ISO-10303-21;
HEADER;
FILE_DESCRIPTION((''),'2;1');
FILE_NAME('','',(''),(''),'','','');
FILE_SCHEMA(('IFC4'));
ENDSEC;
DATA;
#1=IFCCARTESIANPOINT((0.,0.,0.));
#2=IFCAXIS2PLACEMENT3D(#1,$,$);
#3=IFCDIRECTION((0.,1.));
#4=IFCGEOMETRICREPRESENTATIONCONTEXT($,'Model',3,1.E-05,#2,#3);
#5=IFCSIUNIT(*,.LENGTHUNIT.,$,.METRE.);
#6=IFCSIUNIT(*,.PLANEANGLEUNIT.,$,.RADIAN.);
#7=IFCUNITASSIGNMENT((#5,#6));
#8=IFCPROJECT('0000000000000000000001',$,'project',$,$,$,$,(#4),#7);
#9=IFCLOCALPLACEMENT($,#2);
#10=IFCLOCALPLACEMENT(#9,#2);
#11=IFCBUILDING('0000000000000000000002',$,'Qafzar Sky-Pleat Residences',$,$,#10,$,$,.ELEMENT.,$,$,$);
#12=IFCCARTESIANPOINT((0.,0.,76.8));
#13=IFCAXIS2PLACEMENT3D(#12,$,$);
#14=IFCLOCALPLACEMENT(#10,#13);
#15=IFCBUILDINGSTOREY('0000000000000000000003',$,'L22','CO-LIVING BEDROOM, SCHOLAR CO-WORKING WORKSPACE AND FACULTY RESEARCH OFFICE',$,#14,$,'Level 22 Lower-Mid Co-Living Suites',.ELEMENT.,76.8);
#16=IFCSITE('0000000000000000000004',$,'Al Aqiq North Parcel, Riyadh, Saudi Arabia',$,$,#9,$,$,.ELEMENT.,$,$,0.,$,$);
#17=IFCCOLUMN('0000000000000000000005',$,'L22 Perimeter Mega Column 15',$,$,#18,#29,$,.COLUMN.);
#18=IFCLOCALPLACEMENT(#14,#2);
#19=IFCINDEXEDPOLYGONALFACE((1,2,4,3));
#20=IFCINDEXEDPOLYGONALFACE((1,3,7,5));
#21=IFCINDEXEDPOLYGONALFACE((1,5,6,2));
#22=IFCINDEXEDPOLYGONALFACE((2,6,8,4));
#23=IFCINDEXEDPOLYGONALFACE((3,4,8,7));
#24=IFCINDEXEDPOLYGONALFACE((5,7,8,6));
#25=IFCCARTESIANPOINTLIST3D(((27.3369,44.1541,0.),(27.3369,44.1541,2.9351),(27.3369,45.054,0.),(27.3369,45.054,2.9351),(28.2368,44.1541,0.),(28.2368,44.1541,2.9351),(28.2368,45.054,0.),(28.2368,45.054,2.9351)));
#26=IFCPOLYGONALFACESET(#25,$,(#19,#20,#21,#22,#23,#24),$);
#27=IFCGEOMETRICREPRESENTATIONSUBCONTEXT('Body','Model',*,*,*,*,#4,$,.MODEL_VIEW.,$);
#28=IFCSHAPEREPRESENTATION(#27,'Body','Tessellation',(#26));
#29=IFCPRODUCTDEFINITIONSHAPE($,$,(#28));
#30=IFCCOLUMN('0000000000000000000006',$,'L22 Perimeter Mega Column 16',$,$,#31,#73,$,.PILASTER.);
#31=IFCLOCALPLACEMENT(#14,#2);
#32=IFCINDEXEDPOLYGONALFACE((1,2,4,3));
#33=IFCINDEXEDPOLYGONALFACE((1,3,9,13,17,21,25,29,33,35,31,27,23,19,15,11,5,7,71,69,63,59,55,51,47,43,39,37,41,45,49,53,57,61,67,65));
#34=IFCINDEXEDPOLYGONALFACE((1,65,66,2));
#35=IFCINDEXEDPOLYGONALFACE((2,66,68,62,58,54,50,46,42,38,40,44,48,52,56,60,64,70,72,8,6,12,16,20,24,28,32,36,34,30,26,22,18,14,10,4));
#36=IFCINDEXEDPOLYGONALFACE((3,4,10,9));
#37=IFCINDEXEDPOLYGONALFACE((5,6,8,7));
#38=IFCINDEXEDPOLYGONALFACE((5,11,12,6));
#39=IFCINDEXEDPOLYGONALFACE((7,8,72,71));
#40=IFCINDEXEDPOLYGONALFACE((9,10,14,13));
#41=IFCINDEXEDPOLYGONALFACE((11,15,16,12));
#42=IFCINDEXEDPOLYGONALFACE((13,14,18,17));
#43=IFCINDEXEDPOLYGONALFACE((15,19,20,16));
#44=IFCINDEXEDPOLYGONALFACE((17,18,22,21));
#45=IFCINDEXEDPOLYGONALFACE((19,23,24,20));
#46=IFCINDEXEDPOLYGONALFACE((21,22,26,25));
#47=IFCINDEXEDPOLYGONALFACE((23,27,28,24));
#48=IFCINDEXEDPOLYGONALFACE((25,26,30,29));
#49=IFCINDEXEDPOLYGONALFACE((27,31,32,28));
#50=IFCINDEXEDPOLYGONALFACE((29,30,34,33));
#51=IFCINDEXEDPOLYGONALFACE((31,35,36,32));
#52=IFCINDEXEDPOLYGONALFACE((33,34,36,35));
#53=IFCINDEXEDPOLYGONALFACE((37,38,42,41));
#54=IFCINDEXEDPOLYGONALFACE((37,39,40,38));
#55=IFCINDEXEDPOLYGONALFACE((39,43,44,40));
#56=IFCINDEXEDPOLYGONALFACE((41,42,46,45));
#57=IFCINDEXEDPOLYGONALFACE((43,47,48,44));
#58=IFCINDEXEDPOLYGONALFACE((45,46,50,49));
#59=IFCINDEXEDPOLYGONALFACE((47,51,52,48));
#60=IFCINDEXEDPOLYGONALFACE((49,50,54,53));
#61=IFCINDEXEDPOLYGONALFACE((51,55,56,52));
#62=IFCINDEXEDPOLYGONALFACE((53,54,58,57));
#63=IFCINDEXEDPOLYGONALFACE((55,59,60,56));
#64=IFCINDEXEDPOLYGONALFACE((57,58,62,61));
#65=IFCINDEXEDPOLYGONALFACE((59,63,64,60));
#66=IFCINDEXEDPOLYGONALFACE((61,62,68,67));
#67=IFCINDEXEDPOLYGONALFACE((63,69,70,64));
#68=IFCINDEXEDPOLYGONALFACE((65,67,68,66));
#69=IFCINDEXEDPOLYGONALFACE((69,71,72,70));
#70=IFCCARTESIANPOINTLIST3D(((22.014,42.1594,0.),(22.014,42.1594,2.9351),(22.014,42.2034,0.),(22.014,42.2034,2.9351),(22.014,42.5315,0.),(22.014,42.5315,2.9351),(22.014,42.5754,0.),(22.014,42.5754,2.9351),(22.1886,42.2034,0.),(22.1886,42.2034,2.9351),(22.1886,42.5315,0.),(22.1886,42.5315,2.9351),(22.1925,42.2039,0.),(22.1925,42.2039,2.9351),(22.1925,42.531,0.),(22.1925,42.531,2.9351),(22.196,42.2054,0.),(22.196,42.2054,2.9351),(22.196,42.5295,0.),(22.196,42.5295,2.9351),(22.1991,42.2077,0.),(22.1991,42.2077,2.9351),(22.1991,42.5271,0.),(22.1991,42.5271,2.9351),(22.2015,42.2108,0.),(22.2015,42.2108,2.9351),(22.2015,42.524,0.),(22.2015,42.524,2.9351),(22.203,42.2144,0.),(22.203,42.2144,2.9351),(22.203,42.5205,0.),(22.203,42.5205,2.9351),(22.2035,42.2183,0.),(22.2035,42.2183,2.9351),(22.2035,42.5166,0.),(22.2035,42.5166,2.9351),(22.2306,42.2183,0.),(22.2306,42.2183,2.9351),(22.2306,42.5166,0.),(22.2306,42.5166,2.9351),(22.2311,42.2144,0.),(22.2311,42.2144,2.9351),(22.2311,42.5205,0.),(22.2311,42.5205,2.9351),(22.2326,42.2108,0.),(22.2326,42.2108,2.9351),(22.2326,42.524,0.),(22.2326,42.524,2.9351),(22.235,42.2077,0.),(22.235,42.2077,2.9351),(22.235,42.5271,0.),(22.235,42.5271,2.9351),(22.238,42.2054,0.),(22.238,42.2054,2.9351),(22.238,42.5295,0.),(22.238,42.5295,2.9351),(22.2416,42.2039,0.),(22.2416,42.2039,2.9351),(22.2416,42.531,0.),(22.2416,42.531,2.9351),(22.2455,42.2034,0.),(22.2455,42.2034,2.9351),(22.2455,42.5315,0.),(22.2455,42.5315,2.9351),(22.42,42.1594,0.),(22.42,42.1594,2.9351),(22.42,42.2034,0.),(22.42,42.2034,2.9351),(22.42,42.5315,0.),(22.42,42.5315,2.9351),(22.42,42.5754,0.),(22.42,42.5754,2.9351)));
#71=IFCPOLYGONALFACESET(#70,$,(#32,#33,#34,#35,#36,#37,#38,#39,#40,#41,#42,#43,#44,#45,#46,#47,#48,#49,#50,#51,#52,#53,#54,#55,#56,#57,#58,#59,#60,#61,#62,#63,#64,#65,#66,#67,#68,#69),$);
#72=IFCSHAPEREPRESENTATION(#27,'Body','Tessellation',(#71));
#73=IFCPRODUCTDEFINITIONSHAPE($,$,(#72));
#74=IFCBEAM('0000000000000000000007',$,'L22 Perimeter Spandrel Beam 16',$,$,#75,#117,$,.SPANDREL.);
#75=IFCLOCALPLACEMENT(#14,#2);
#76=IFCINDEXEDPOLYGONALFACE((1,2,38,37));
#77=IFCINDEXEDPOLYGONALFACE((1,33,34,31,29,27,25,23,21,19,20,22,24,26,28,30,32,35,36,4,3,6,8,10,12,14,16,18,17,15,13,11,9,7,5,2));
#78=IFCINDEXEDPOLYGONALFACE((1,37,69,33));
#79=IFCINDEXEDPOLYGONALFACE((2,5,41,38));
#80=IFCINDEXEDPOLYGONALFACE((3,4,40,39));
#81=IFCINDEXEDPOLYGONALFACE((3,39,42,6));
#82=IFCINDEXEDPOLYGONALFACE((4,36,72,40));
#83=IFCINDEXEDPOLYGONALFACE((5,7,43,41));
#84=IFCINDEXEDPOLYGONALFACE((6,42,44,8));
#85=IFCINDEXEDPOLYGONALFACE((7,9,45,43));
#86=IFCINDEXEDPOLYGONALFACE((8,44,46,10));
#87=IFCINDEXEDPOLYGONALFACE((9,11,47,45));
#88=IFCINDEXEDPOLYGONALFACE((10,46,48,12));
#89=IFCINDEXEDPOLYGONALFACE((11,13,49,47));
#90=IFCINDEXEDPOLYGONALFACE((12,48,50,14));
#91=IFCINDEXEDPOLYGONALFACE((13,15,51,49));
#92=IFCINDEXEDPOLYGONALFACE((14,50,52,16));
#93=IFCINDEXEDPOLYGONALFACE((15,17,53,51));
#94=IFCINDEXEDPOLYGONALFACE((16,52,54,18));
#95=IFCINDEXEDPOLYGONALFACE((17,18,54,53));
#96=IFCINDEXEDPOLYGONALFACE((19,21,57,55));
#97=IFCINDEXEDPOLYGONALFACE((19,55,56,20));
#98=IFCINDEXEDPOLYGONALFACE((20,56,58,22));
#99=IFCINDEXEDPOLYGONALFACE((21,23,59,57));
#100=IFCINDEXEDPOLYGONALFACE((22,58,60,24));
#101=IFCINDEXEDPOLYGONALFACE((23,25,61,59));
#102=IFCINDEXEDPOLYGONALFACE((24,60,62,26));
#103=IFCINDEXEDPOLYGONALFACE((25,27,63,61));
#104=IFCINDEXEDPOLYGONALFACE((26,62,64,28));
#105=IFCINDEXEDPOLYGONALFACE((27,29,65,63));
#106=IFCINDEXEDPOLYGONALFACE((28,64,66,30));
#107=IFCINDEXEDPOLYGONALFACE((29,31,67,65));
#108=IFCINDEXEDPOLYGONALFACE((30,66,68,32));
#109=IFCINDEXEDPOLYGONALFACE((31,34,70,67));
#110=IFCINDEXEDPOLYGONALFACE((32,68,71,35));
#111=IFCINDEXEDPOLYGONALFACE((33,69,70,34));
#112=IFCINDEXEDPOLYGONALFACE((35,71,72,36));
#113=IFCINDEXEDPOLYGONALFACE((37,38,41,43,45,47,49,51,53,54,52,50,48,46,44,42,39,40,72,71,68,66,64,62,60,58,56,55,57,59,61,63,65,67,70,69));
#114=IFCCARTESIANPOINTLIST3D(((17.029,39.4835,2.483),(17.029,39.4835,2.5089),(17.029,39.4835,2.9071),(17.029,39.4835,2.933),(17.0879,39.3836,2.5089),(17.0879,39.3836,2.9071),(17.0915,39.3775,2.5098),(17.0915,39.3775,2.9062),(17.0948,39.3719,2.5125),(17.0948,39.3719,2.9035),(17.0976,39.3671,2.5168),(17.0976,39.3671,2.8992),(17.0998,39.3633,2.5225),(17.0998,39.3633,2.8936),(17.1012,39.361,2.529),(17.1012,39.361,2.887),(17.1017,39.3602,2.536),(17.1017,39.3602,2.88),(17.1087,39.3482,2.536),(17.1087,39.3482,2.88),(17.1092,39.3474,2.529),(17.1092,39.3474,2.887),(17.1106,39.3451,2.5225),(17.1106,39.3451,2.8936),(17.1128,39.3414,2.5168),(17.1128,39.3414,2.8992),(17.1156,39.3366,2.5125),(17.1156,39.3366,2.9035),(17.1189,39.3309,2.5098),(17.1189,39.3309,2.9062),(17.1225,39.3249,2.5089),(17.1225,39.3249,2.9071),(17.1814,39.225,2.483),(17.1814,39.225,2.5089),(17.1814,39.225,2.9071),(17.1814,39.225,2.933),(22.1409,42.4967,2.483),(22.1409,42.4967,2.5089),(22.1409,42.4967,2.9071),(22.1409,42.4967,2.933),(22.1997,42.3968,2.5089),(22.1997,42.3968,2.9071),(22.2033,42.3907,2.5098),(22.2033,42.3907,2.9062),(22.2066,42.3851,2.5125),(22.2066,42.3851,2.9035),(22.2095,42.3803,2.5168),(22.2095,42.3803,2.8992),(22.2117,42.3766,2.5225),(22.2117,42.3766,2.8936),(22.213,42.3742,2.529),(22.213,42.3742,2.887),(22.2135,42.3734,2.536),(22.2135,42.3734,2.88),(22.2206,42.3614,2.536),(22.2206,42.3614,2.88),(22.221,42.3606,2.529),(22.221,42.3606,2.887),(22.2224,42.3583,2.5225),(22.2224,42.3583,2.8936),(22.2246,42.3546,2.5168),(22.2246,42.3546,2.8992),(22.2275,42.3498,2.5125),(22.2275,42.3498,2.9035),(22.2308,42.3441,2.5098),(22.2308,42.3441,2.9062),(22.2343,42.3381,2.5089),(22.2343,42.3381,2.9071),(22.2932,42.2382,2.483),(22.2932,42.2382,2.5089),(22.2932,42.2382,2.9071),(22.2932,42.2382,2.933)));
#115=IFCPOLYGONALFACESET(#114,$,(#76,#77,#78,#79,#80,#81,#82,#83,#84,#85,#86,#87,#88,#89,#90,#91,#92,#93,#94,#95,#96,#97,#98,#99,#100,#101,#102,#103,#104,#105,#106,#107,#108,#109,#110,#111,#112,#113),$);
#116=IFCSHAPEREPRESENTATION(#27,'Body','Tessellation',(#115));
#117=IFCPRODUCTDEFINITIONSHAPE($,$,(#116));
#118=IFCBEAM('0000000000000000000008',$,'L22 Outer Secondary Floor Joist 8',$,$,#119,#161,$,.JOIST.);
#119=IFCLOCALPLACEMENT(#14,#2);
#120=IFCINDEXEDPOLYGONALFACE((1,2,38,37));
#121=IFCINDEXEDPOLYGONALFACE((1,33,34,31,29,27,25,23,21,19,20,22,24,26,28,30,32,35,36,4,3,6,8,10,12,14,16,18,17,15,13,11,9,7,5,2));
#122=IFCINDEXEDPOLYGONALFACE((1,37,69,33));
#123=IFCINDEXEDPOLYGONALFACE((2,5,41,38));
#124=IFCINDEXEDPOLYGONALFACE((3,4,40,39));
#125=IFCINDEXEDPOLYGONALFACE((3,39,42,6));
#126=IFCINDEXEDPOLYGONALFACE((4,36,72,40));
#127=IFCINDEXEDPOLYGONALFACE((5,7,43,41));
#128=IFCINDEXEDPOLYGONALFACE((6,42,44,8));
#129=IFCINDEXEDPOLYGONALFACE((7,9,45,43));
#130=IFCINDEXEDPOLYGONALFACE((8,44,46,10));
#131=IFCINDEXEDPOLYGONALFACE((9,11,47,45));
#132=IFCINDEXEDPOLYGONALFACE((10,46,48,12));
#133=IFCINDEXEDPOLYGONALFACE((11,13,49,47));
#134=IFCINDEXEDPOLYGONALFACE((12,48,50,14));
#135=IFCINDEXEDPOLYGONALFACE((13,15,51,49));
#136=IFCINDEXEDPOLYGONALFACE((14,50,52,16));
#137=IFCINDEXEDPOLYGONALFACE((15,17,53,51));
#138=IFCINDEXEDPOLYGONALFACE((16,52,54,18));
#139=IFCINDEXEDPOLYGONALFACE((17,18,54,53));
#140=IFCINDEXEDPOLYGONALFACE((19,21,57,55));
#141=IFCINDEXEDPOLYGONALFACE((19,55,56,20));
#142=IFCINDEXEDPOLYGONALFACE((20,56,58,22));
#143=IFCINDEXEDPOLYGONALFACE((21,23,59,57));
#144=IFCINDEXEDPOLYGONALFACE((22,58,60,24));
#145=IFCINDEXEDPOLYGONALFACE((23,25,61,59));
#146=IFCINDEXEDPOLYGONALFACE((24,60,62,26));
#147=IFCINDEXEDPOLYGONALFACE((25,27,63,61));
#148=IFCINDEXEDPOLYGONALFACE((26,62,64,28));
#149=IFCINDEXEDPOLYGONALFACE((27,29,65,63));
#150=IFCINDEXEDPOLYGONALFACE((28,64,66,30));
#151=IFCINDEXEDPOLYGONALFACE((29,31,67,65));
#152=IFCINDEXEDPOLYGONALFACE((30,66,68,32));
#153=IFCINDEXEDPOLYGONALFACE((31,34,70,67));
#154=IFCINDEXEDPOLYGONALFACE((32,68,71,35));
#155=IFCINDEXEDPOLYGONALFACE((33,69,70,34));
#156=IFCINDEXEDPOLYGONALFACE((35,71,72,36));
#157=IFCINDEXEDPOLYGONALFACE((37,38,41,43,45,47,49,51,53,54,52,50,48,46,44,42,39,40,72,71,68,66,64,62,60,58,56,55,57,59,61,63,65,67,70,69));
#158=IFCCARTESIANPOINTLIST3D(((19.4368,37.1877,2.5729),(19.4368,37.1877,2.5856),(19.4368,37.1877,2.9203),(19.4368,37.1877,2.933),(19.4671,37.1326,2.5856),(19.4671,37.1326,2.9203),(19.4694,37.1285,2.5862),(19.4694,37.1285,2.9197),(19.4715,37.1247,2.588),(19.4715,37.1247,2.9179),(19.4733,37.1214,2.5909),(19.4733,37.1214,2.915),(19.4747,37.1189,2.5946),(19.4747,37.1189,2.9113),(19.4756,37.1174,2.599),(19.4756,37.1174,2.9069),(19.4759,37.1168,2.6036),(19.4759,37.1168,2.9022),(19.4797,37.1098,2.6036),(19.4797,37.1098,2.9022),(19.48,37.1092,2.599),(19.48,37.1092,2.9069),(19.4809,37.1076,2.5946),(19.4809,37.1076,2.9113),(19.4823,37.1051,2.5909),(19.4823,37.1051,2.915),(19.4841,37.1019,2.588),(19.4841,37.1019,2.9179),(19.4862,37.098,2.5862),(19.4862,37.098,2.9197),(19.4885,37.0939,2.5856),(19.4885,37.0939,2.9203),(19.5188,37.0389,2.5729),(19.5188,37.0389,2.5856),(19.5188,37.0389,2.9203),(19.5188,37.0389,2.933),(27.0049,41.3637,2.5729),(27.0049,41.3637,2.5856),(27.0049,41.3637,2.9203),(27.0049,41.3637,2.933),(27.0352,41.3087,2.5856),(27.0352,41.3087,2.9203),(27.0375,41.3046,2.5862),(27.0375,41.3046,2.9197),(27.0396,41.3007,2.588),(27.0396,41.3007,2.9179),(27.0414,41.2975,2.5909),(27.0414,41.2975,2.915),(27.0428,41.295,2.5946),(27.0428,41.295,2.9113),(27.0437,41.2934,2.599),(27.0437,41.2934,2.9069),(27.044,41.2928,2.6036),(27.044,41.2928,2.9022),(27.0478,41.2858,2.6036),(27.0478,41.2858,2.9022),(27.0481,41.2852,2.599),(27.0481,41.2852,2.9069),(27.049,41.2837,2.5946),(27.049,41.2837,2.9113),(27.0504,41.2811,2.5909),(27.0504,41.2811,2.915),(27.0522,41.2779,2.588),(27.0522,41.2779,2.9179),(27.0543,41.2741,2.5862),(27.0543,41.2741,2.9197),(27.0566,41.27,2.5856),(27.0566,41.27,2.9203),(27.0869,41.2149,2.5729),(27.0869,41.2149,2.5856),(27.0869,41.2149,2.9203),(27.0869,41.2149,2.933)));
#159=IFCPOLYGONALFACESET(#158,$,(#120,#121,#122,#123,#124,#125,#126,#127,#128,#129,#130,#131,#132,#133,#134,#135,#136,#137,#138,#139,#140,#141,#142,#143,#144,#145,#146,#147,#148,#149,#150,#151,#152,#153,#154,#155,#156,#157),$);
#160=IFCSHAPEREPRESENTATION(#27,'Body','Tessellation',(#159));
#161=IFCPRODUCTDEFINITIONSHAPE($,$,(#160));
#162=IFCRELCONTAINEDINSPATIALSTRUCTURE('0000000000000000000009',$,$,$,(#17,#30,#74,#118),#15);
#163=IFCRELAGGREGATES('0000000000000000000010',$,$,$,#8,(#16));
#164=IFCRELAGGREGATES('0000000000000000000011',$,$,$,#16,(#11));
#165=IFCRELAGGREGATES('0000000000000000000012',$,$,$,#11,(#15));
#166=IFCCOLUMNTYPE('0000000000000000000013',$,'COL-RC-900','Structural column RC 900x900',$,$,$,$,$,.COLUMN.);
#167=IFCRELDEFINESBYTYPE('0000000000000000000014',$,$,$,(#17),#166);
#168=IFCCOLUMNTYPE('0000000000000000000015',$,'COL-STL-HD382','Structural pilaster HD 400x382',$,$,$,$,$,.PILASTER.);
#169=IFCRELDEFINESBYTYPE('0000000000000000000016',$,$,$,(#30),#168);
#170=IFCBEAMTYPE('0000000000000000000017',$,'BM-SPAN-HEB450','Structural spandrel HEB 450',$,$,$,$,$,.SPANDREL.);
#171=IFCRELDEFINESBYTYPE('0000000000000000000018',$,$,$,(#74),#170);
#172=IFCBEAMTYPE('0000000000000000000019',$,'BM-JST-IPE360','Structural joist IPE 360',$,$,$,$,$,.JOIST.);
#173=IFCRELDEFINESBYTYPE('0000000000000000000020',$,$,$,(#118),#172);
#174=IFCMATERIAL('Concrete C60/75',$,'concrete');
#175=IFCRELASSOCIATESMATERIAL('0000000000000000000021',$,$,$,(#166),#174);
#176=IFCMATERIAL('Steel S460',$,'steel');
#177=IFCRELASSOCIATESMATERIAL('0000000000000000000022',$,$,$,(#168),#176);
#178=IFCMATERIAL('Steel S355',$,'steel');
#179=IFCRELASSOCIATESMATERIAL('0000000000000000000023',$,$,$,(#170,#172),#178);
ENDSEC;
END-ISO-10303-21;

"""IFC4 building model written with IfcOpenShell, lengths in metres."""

from ifc_helpers import new_model, si_unit, direction, frame, origin, origin_2d, place, context, subcontext, project, spatial, rectangle, i_section, extrude, source, transform, mapped, material, material_profile, profile_set, type_object, element, save


model = new_model("IFC4")

# Units and contexts
model_context = context("Model", 3, precision=1e-05, world=origin(), true_north=direction((0.0, 1.0)))
body_context = subcontext(model_context, "Body", "Model", "MODEL_VIEW")
ifc_project = project(units=[si_unit("LENGTHUNIT", "METRE"), si_unit("PLANEANGLEUNIT", "RADIAN")], contexts=[model_context])

# Site, building, storey
site_placement = place(None, origin())
site = spatial("IfcSite", under=ifc_project, at=site_placement, Name="Al Aqiq North Parcel, Riyadh, Saudi Arabia", CompositionType="ELEMENT", RefElevation=0.0)
building_placement = place(site_placement, origin())
building = spatial("IfcBuilding", under=site, at=building_placement, Name="Qafzar Sky-Pleat Residences", CompositionType="ELEMENT")
storey_placement = place(building_placement, frame((0.0, 0.0, 76.8)))
storey = spatial("IfcBuildingStorey", under=building, at=storey_placement, Name="L22", Description="CO-LIVING BEDROOM, SCHOLAR CO-WORKING WORKSPACE AND FACULTY RESEARCH OFFICE", LongName="Level 22 Lower-Mid Co-Living Suites", CompositionType="ELEMENT", Elevation=76.8)

# Columns
ifc_material_1 = material(Name="Concrete C60/75", Category="concrete")
ifc_material_profile_1 = material_profile(ifc_material_1, rectangle(XDim=0.8999, YDim=0.8999, at=origin_2d()), Name="RC 900x900")
ifc_profile_set_1 = profile_set([ifc_material_profile_1], Name="Concrete C60/75")
column_type_1 = type_object("IfcColumnType", Name="COL-RC-900", Description="Structural column RC 900x900", PredefinedType="COLUMN", material=ifc_profile_set_1)
shared_shape_1 = source(origin(), body_context, "Body", "SweptSolid", [
    extrude(rectangle(XDim=0.8999, YDim=0.8999, at=origin_2d()), origin(), (0.0, 0.0, 1.0), 2.9351),
])
column_1_placement = place(storey_placement, frame((27.7869, 44.604, 0.0), z_axis=(0.0, 0.0, 1.0), x_axis=(1.0, 0.0, 0.0)))
element("IfcColumn", 1, at=column_1_placement, inside=storey, type_object=column_type_1, Name="L22 Perimeter Mega Column 15", PredefinedType="COLUMN", context=body_context, shape_type="MappedRepresentation", body=[
    mapped(shared_shape_1, transform((0.0, 0.0, 0.0), x_axis=(1.0, 0.0, 0.0), y_axis=(0.0, 1.0, 0.0), z_axis=(0.0, 0.0, 1.0), scale=1.0)),
])
ifc_material_2 = material(Name="Steel S460", Category="steel")
ifc_material_profile_2 = material_profile(ifc_material_2, i_section(OverallWidth=0.406, OverallDepth=0.416, WebThickness=0.0271, FlangeThickness=0.0439, FilletRadius=0.0149, at=origin_2d()), Name="HD 400x382")
ifc_profile_set_2 = profile_set([ifc_material_profile_2], Name="Steel S460")
column_type_2 = type_object("IfcColumnType", Name="COL-STL-HD382", Description="Structural pilaster HD 400x382", PredefinedType="PILASTER", material=ifc_profile_set_2)
shared_shape_2 = source(origin(), body_context, "Body", "SweptSolid", [
    extrude(i_section(OverallWidth=0.406, OverallDepth=0.416, WebThickness=0.0271, FlangeThickness=0.0439, FilletRadius=0.0149, at=origin_2d()), origin(), (0.0, 0.0, 1.0), 2.9351),
])
column_2_placement = place(storey_placement, frame((22.217, 42.3674, 0.0), z_axis=(0.0, 0.0, 1.0), x_axis=(1.0, 0.0, 0.0)))
element("IfcColumn", 2, at=column_2_placement, inside=storey, type_object=column_type_2, Name="L22 Perimeter Mega Column 16", PredefinedType="PILASTER", context=body_context, shape_type="MappedRepresentation", body=[
    mapped(shared_shape_2, transform((0.0, 0.0, 0.0), x_axis=(1.0, 0.0, 0.0), y_axis=(0.0, 1.0, 0.0), z_axis=(0.0, 0.0, 1.0), scale=1.0)),
])

# Beams
ifc_material_3 = material(Name="Steel S355", Category="steel")
ifc_material_profile_3 = material_profile(ifc_material_3, i_section(OverallWidth=0.3, OverallDepth=0.45, WebThickness=0.0139, FlangeThickness=0.0259, FilletRadius=0.0271, at=origin_2d()), Name="HEB 450")
ifc_profile_set_3 = profile_set([ifc_material_profile_3], Name="Steel S355")
beam_type_1 = type_object("IfcBeamType", Name="BM-SPAN-HEB450", Description="Structural spandrel HEB 450", PredefinedType="SPANDREL", material=ifc_profile_set_3)
shared_shape_3 = source(origin(), body_context, "Body", "SweptSolid", [
    extrude(i_section(OverallWidth=0.3, OverallDepth=0.45, WebThickness=0.0139, FlangeThickness=0.0259, FilletRadius=0.0271, at=origin_2d()), origin(), (0.0, 0.0, 1.0), 5.9338),
])
beam_1_placement = place(storey_placement, frame((22.217, 42.3674, 2.708), z_axis=(-0.861475, -0.5078, 0.0), x_axis=(0.5078, -0.861475, 0.0)))
element("IfcBeam", 3, at=beam_1_placement, inside=storey, type_object=beam_type_1, Name="L22 Perimeter Spandrel Beam 16", PredefinedType="SPANDREL", context=body_context, shape_type="MappedRepresentation", body=[
    mapped(shared_shape_3, transform((0.0, 0.0, 0.0), x_axis=(1.0, 0.0, 0.0), y_axis=(0.0, 1.0, 0.0), z_axis=(0.0, 0.0, 1.0), scale=1.0)),
])
ifc_material_profile_4 = material_profile(ifc_material_3, i_section(OverallWidth=0.1699, OverallDepth=0.3601, WebThickness=0.0081, FlangeThickness=0.0127, FilletRadius=0.0181, at=origin_2d()), Name="IPE 360")
ifc_profile_set_4 = profile_set([ifc_material_profile_4], Name="Steel S355")
beam_type_2 = type_object("IfcBeamType", Name="BM-JST-IPE360", Description="Structural joist IPE 360", PredefinedType="JOIST", material=ifc_profile_set_4)
shared_shape_4 = source(origin(), body_context, "Body", "SweptSolid", [
    extrude(i_section(OverallWidth=0.1699, OverallDepth=0.3601, WebThickness=0.0081, FlangeThickness=0.0127, FilletRadius=0.0181, at=origin_2d()), origin(), (0.0, 0.0, 1.0), 8.6438),
])
beam_2_placement = place(storey_placement, frame((27.0459, 41.2893, 2.7529), z_axis=(-0.875553, -0.483123, 0.0), x_axis=(0.483123, -0.875553, 0.0)))
element("IfcBeam", 4, at=beam_2_placement, inside=storey, type_object=beam_type_2, Name="L22 Outer Secondary Floor Joist 8", PredefinedType="JOIST", context=body_context, shape_type="MappedRepresentation", body=[
    mapped(shared_shape_4, transform((0.0, 0.0, 0.0), x_axis=(1.0, 0.0, 0.0), y_axis=(0.0, 1.0, 0.0), z_axis=(0.0, 0.0, 1.0), scale=1.0)),
])

save(model, "model.ifc")
